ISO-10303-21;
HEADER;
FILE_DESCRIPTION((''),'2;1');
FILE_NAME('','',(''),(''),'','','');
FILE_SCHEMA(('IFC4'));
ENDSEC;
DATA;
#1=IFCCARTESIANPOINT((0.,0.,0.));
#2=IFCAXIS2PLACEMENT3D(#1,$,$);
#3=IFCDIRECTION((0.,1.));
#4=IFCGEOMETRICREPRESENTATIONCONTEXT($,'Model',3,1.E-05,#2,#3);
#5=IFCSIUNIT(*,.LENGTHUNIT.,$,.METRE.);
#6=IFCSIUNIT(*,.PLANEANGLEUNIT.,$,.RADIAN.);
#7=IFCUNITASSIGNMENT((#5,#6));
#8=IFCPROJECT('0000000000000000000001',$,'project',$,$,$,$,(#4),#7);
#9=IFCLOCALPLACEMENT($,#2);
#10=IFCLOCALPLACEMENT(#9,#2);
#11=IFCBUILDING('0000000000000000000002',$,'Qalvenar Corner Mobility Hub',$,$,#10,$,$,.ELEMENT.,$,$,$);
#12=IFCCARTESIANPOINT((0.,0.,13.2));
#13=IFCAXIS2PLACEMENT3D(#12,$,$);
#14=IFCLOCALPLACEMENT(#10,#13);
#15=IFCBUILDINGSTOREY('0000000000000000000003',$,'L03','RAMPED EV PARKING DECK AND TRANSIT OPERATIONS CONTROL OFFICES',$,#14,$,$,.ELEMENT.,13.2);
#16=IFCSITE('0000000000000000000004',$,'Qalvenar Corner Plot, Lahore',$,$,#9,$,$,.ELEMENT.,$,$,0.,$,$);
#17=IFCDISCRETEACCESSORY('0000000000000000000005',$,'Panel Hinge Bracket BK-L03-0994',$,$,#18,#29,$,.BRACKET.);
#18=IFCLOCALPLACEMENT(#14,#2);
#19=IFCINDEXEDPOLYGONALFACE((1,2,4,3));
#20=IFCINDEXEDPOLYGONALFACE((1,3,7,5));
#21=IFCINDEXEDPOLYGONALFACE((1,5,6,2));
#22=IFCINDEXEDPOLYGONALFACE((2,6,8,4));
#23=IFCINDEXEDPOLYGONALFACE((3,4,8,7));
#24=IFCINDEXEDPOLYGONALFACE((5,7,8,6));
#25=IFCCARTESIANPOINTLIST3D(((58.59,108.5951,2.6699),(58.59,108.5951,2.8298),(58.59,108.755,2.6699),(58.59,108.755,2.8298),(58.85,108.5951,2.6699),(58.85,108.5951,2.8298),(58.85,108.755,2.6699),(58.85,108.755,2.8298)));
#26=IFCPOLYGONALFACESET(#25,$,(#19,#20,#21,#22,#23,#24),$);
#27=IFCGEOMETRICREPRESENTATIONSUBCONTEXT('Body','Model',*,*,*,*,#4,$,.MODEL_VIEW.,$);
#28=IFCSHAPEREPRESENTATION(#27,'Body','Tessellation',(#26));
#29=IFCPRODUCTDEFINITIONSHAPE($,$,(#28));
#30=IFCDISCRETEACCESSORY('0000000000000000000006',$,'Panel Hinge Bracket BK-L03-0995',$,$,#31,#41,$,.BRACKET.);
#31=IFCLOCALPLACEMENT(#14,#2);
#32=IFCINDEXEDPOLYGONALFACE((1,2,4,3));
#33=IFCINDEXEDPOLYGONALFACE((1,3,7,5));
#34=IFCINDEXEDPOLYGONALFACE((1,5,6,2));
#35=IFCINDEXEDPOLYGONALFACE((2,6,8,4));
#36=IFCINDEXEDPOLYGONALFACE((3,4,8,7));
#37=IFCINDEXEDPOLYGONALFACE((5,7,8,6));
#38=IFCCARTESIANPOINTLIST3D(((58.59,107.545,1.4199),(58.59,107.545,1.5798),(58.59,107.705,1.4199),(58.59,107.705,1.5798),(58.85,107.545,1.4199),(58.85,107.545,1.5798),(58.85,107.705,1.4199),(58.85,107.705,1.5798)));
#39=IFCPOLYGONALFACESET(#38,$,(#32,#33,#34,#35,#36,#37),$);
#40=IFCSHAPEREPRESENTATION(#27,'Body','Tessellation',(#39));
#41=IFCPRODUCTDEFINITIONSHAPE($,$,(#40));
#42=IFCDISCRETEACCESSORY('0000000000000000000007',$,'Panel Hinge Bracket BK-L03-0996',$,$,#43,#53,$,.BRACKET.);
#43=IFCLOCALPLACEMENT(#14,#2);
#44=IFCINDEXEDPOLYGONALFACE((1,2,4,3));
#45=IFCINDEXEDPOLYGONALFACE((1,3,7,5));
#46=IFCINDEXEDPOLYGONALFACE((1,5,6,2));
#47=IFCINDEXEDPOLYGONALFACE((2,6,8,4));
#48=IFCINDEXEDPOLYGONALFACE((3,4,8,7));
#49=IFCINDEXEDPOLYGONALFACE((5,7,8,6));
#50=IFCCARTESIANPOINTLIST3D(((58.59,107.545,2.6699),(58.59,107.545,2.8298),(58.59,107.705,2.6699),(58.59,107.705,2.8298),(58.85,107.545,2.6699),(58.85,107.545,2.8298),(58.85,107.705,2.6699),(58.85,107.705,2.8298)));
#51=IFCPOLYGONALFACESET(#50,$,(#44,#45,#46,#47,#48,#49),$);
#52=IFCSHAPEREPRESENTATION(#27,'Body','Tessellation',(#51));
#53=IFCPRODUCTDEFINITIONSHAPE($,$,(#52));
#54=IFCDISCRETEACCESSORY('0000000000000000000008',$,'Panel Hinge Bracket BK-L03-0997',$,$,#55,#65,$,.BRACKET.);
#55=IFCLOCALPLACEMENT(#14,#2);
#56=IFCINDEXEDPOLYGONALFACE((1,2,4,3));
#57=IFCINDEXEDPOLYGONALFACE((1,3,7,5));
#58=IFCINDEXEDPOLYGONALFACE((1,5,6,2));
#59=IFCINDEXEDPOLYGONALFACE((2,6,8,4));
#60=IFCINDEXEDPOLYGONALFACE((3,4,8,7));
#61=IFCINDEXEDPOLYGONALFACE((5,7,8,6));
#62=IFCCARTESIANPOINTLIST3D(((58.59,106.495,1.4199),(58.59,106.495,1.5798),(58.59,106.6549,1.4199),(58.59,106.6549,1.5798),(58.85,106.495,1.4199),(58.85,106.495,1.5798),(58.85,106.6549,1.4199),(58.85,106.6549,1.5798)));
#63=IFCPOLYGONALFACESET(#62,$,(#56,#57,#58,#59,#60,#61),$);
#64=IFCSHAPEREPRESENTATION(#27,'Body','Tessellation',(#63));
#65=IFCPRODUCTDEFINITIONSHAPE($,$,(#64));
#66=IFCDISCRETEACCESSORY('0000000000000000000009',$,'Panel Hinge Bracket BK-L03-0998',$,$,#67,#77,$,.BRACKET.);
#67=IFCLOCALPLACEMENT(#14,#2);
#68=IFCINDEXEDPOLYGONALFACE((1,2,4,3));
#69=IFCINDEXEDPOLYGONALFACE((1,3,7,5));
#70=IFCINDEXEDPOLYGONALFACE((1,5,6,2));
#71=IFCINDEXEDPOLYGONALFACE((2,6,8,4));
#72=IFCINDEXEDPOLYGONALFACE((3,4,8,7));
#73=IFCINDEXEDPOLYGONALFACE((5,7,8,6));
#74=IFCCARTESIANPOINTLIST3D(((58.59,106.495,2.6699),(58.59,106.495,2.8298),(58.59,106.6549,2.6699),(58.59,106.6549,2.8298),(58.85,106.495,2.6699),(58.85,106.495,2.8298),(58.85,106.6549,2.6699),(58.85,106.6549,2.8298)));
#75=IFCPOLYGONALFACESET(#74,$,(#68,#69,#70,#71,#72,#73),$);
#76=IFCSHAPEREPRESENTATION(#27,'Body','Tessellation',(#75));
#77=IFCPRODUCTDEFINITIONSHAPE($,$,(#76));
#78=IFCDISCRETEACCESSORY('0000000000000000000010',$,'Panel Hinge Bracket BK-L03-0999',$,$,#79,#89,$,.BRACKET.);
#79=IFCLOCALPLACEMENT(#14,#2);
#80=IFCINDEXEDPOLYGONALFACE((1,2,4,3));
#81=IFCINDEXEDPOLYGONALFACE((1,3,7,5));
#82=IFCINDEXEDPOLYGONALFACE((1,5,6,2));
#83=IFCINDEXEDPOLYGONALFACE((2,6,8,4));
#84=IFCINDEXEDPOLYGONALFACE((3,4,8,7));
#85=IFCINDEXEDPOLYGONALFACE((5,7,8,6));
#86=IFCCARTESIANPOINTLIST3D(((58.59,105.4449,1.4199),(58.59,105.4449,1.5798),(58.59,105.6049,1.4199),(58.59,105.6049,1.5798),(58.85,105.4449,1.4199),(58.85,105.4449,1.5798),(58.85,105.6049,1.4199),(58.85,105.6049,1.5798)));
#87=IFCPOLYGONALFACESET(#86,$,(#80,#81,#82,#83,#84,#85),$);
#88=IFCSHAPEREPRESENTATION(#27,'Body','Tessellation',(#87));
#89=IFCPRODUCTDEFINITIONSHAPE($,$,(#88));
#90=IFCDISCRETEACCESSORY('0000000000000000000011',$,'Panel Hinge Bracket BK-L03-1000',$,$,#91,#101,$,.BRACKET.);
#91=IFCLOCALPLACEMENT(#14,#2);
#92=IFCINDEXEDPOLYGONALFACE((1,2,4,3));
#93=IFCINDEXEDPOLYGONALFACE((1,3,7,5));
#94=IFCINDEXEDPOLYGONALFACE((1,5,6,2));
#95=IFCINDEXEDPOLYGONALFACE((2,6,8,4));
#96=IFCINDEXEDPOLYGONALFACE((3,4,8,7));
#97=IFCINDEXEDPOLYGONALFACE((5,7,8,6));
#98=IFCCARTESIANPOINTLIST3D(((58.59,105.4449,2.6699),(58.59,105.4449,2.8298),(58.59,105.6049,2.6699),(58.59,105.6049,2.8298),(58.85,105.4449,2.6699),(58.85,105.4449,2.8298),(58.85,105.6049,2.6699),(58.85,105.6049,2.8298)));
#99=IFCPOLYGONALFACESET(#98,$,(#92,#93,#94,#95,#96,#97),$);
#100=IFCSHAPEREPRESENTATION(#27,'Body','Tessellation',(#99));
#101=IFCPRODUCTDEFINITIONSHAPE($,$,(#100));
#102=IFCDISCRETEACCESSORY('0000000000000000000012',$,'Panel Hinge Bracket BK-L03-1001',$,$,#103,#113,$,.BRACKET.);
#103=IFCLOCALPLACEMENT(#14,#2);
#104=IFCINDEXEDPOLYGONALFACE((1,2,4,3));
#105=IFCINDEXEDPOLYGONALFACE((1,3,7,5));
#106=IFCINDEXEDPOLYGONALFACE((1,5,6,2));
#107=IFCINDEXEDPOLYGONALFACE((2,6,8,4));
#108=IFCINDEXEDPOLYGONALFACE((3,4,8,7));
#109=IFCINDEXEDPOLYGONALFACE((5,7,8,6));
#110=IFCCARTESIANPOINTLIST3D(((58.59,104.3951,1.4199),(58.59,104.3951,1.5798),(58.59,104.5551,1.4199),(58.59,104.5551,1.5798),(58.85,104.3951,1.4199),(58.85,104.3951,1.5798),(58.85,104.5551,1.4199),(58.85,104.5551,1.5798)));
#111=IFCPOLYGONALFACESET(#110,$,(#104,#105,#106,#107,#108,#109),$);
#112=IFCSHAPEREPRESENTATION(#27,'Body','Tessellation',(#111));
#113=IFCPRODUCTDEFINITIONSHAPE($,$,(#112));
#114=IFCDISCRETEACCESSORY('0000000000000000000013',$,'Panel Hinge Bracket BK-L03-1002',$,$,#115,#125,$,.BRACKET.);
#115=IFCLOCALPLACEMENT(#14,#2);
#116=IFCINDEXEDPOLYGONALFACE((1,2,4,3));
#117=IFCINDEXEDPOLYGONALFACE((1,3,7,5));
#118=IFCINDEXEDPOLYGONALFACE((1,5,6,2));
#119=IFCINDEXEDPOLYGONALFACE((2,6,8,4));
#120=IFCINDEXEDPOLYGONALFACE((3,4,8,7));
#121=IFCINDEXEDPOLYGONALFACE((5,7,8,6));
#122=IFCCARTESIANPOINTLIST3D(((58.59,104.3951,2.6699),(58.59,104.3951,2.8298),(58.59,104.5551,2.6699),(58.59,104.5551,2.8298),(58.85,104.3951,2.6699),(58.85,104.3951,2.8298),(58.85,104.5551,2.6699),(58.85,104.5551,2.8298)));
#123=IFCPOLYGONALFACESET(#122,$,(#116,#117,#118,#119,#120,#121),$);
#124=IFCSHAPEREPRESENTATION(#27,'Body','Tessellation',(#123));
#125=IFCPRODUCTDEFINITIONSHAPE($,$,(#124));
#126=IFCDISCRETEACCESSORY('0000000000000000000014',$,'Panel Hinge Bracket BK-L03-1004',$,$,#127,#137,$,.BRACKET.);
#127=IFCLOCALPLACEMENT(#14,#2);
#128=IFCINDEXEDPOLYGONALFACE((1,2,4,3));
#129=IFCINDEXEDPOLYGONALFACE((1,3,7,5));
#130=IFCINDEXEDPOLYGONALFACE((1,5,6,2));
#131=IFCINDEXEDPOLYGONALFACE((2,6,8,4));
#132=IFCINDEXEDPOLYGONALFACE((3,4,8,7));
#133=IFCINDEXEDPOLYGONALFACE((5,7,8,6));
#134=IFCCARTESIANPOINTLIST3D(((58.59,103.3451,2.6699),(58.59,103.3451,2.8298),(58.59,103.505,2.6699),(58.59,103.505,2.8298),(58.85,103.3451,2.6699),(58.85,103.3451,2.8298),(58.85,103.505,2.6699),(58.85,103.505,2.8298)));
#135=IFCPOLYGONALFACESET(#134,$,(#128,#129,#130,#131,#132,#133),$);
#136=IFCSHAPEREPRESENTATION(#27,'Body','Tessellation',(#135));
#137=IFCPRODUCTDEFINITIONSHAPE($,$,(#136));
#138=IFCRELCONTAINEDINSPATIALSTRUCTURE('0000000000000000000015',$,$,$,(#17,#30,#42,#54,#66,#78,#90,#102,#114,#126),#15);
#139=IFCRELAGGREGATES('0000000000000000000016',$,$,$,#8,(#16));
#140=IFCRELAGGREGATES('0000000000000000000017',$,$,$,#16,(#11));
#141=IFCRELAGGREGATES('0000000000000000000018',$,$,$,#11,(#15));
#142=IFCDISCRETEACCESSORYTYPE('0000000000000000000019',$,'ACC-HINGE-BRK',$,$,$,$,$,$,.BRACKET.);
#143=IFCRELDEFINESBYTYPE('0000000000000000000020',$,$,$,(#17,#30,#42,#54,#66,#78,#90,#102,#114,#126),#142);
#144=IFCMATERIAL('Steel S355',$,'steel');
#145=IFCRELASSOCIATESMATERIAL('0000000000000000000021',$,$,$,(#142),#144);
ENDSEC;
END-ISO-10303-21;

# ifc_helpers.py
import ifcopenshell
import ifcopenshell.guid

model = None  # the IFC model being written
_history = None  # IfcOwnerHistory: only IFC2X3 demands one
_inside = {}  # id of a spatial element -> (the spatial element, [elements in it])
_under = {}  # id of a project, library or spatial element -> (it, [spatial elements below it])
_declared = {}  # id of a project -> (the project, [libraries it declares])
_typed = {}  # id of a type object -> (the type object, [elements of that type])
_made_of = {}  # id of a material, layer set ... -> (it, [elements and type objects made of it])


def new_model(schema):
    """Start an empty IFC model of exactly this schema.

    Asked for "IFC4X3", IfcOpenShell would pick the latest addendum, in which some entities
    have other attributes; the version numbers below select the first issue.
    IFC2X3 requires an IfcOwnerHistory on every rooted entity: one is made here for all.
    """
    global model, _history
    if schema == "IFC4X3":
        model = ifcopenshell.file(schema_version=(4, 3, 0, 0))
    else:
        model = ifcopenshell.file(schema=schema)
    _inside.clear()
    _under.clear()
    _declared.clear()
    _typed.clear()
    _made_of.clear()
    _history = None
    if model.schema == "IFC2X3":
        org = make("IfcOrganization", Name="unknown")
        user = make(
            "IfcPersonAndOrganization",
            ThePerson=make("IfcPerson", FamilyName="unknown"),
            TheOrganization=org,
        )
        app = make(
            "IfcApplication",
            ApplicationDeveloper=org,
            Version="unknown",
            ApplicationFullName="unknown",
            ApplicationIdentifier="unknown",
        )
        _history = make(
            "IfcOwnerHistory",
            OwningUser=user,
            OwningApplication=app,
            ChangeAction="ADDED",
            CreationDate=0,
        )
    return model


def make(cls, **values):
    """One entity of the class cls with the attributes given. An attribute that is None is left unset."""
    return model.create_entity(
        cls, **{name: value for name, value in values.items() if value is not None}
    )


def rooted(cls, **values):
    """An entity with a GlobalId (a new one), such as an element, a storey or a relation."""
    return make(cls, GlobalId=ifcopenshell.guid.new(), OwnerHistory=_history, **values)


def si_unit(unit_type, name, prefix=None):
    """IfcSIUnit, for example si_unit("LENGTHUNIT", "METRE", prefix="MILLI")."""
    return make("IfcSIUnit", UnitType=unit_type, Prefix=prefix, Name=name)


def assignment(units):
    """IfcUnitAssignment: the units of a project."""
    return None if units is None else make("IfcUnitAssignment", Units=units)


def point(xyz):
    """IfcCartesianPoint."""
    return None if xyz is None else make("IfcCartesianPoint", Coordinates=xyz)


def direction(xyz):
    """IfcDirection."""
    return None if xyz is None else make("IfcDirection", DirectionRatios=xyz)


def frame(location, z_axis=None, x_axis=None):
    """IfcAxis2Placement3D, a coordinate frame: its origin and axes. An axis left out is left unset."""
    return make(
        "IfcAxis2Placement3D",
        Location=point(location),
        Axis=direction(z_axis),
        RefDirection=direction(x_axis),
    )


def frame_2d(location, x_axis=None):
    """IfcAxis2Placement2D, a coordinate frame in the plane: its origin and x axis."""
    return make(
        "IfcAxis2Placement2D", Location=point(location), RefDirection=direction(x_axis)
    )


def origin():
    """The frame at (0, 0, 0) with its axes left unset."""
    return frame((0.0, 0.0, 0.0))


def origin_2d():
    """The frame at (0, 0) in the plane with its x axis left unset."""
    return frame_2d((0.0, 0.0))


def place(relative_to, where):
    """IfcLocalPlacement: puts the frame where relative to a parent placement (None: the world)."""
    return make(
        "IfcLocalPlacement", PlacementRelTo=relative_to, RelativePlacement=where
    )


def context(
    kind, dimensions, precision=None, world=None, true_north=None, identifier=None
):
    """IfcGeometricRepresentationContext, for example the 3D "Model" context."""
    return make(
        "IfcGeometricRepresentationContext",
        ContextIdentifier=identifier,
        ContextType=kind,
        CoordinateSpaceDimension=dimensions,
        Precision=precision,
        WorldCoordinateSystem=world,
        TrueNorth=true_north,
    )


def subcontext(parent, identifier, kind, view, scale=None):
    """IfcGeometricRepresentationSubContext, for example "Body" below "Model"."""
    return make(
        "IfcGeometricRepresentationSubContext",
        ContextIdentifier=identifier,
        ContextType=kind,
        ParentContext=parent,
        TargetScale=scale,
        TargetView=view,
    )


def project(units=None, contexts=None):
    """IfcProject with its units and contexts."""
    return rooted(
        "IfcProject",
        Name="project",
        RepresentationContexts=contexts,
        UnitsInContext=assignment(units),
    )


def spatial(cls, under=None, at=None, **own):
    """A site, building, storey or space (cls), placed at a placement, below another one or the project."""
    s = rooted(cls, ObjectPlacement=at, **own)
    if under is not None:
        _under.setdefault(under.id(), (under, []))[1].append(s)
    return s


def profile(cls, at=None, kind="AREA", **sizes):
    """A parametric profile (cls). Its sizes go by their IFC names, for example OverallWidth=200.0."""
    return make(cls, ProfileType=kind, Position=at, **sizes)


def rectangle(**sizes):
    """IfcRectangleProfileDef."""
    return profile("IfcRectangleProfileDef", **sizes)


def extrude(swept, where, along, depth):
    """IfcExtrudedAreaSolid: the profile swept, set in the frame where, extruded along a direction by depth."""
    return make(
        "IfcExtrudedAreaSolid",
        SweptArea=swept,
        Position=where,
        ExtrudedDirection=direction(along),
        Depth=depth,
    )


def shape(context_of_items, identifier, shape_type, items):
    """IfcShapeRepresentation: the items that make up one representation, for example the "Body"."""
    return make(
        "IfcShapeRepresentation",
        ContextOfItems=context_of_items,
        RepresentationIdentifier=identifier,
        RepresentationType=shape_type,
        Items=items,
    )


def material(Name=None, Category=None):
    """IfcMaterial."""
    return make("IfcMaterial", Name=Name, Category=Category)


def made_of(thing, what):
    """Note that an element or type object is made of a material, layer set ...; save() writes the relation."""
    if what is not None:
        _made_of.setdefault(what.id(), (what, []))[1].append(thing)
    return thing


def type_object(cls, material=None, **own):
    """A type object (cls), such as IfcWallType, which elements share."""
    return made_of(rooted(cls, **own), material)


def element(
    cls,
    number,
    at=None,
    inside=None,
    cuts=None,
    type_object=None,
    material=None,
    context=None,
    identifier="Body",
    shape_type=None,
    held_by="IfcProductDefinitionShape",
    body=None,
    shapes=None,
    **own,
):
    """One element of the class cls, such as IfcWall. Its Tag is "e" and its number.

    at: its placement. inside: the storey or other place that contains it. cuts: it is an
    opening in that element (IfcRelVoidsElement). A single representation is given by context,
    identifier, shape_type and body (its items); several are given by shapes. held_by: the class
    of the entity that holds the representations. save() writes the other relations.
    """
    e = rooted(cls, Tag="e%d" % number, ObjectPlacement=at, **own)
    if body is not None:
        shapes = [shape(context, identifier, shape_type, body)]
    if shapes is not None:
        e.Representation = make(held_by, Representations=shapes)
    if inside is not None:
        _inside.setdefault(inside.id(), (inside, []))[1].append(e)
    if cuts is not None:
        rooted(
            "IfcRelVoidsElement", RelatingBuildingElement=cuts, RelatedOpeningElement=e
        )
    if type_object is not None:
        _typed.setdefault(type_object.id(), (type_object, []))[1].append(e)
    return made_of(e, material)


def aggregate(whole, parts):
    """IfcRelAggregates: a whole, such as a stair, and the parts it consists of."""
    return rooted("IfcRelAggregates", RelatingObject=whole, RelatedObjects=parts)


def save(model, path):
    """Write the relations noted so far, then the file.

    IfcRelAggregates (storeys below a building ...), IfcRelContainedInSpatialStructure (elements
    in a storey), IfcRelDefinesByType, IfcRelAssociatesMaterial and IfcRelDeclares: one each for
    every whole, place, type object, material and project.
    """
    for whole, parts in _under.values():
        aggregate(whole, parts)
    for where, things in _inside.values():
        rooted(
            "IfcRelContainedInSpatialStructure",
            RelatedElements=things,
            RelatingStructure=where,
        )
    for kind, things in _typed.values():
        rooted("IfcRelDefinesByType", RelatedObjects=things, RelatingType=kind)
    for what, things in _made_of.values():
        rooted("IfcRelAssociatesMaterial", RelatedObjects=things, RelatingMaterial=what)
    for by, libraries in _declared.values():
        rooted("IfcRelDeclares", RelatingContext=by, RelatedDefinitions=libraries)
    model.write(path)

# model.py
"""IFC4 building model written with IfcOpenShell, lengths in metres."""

from ifc_helpers import new_model, si_unit, direction, frame, origin, origin_2d, place, context, subcontext, project, spatial, rectangle, extrude, material, type_object, element, save


model = new_model("IFC4")

# Units and contexts
model_context = context("Model", 3, precision=1e-05, world=origin(), true_north=direction((0.0, 1.0)))
body_context = subcontext(model_context, "Body", "Model", "MODEL_VIEW")
ifc_project = project(units=[si_unit("LENGTHUNIT", "METRE"), si_unit("PLANEANGLEUNIT", "RADIAN")], contexts=[model_context])

# Site, building, storey
site_placement = place(None, origin())
site = spatial("IfcSite", under=ifc_project, at=site_placement, Name="Qalvenar Corner Plot, Lahore", CompositionType="ELEMENT", RefElevation=0.0)
building_placement = place(site_placement, origin())
building = spatial("IfcBuilding", under=site, at=building_placement, Name="Qalvenar Corner Mobility Hub", CompositionType="ELEMENT")
storey_placement = place(building_placement, frame((0.0, 0.0, 13.2)))
storey = spatial("IfcBuildingStorey", under=building, at=storey_placement, Name="L03", Description="RAMPED EV PARKING DECK AND TRANSIT OPERATIONS CONTROL OFFICES", CompositionType="ELEMENT", Elevation=13.2)

# Shared definitions
ifc_material_1 = material(Name="Steel S355", Category="steel")

# Discrete accessories
discrete_accessory_type = type_object("IfcDiscreteAccessoryType", Name="ACC-HINGE-BRK", PredefinedType="BRACKET", material=ifc_material_1)
for number, where, z_axis, x_axis, name in (
    (1, (58.72, 108.675, 2.6699), (0.0, 0.0, 1.0), (0.0, -1.0, 0.0), "Panel Hinge Bracket BK-L03-0994"),
    (2, (58.72, 107.625, 1.4199), (0.0, 0.0, 1.0), (0.0, -1.0, 0.0), "Panel Hinge Bracket BK-L03-0995"),
    (3, (58.72, 107.625, 2.6699), (0.0, 0.0, 1.0), (0.0, -1.0, 0.0), "Panel Hinge Bracket BK-L03-0996"),
    (4, (58.72, 106.575, 1.4199), (0.0, 0.0, 1.0), (0.0, -1.0, 0.0), "Panel Hinge Bracket BK-L03-0997"),
    (5, (58.72, 106.575, 2.6699), (0.0, 0.0, 1.0), (0.0, -1.0, 0.0), "Panel Hinge Bracket BK-L03-0998"),
    (6, (58.72, 105.5249, 1.4199), (0.0, 0.0, 1.0), (0.0, -1.0, 0.0), "Panel Hinge Bracket BK-L03-0999"),
    (7, (58.72, 105.5249, 2.6699), (0.0, 0.0, 1.0), (0.0, -1.0, 0.0), "Panel Hinge Bracket BK-L03-1000"),
    (8, (58.72, 104.4751, 1.4199), (0.0, 0.0, 1.0), (0.0, -1.0, 0.0), "Panel Hinge Bracket BK-L03-1001"),
    (9, (58.72, 104.4751, 2.6699), (0.0, 0.0, 1.0), (0.0, -1.0, 0.0), "Panel Hinge Bracket BK-L03-1002"),
    (10, (58.72, 103.425, 2.6699), (0.0, 0.0, 1.0), (0.0, -1.0, 0.0), "Panel Hinge Bracket BK-L03-1004"),
):
    element("IfcDiscreteAccessory", number, at=place(storey_placement, frame(where, z_axis=z_axis, x_axis=x_axis)), inside=storey, type_object=discrete_accessory_type, Name=name, PredefinedType="BRACKET", context=body_context, shape_type="SweptSolid", body=[
        extrude(rectangle(XDim=0.1599, YDim=0.26, at=origin_2d()), origin(), (0.0, 0.0, 1.0), 0.1599),
    ])

save(model, "model.ifc")
